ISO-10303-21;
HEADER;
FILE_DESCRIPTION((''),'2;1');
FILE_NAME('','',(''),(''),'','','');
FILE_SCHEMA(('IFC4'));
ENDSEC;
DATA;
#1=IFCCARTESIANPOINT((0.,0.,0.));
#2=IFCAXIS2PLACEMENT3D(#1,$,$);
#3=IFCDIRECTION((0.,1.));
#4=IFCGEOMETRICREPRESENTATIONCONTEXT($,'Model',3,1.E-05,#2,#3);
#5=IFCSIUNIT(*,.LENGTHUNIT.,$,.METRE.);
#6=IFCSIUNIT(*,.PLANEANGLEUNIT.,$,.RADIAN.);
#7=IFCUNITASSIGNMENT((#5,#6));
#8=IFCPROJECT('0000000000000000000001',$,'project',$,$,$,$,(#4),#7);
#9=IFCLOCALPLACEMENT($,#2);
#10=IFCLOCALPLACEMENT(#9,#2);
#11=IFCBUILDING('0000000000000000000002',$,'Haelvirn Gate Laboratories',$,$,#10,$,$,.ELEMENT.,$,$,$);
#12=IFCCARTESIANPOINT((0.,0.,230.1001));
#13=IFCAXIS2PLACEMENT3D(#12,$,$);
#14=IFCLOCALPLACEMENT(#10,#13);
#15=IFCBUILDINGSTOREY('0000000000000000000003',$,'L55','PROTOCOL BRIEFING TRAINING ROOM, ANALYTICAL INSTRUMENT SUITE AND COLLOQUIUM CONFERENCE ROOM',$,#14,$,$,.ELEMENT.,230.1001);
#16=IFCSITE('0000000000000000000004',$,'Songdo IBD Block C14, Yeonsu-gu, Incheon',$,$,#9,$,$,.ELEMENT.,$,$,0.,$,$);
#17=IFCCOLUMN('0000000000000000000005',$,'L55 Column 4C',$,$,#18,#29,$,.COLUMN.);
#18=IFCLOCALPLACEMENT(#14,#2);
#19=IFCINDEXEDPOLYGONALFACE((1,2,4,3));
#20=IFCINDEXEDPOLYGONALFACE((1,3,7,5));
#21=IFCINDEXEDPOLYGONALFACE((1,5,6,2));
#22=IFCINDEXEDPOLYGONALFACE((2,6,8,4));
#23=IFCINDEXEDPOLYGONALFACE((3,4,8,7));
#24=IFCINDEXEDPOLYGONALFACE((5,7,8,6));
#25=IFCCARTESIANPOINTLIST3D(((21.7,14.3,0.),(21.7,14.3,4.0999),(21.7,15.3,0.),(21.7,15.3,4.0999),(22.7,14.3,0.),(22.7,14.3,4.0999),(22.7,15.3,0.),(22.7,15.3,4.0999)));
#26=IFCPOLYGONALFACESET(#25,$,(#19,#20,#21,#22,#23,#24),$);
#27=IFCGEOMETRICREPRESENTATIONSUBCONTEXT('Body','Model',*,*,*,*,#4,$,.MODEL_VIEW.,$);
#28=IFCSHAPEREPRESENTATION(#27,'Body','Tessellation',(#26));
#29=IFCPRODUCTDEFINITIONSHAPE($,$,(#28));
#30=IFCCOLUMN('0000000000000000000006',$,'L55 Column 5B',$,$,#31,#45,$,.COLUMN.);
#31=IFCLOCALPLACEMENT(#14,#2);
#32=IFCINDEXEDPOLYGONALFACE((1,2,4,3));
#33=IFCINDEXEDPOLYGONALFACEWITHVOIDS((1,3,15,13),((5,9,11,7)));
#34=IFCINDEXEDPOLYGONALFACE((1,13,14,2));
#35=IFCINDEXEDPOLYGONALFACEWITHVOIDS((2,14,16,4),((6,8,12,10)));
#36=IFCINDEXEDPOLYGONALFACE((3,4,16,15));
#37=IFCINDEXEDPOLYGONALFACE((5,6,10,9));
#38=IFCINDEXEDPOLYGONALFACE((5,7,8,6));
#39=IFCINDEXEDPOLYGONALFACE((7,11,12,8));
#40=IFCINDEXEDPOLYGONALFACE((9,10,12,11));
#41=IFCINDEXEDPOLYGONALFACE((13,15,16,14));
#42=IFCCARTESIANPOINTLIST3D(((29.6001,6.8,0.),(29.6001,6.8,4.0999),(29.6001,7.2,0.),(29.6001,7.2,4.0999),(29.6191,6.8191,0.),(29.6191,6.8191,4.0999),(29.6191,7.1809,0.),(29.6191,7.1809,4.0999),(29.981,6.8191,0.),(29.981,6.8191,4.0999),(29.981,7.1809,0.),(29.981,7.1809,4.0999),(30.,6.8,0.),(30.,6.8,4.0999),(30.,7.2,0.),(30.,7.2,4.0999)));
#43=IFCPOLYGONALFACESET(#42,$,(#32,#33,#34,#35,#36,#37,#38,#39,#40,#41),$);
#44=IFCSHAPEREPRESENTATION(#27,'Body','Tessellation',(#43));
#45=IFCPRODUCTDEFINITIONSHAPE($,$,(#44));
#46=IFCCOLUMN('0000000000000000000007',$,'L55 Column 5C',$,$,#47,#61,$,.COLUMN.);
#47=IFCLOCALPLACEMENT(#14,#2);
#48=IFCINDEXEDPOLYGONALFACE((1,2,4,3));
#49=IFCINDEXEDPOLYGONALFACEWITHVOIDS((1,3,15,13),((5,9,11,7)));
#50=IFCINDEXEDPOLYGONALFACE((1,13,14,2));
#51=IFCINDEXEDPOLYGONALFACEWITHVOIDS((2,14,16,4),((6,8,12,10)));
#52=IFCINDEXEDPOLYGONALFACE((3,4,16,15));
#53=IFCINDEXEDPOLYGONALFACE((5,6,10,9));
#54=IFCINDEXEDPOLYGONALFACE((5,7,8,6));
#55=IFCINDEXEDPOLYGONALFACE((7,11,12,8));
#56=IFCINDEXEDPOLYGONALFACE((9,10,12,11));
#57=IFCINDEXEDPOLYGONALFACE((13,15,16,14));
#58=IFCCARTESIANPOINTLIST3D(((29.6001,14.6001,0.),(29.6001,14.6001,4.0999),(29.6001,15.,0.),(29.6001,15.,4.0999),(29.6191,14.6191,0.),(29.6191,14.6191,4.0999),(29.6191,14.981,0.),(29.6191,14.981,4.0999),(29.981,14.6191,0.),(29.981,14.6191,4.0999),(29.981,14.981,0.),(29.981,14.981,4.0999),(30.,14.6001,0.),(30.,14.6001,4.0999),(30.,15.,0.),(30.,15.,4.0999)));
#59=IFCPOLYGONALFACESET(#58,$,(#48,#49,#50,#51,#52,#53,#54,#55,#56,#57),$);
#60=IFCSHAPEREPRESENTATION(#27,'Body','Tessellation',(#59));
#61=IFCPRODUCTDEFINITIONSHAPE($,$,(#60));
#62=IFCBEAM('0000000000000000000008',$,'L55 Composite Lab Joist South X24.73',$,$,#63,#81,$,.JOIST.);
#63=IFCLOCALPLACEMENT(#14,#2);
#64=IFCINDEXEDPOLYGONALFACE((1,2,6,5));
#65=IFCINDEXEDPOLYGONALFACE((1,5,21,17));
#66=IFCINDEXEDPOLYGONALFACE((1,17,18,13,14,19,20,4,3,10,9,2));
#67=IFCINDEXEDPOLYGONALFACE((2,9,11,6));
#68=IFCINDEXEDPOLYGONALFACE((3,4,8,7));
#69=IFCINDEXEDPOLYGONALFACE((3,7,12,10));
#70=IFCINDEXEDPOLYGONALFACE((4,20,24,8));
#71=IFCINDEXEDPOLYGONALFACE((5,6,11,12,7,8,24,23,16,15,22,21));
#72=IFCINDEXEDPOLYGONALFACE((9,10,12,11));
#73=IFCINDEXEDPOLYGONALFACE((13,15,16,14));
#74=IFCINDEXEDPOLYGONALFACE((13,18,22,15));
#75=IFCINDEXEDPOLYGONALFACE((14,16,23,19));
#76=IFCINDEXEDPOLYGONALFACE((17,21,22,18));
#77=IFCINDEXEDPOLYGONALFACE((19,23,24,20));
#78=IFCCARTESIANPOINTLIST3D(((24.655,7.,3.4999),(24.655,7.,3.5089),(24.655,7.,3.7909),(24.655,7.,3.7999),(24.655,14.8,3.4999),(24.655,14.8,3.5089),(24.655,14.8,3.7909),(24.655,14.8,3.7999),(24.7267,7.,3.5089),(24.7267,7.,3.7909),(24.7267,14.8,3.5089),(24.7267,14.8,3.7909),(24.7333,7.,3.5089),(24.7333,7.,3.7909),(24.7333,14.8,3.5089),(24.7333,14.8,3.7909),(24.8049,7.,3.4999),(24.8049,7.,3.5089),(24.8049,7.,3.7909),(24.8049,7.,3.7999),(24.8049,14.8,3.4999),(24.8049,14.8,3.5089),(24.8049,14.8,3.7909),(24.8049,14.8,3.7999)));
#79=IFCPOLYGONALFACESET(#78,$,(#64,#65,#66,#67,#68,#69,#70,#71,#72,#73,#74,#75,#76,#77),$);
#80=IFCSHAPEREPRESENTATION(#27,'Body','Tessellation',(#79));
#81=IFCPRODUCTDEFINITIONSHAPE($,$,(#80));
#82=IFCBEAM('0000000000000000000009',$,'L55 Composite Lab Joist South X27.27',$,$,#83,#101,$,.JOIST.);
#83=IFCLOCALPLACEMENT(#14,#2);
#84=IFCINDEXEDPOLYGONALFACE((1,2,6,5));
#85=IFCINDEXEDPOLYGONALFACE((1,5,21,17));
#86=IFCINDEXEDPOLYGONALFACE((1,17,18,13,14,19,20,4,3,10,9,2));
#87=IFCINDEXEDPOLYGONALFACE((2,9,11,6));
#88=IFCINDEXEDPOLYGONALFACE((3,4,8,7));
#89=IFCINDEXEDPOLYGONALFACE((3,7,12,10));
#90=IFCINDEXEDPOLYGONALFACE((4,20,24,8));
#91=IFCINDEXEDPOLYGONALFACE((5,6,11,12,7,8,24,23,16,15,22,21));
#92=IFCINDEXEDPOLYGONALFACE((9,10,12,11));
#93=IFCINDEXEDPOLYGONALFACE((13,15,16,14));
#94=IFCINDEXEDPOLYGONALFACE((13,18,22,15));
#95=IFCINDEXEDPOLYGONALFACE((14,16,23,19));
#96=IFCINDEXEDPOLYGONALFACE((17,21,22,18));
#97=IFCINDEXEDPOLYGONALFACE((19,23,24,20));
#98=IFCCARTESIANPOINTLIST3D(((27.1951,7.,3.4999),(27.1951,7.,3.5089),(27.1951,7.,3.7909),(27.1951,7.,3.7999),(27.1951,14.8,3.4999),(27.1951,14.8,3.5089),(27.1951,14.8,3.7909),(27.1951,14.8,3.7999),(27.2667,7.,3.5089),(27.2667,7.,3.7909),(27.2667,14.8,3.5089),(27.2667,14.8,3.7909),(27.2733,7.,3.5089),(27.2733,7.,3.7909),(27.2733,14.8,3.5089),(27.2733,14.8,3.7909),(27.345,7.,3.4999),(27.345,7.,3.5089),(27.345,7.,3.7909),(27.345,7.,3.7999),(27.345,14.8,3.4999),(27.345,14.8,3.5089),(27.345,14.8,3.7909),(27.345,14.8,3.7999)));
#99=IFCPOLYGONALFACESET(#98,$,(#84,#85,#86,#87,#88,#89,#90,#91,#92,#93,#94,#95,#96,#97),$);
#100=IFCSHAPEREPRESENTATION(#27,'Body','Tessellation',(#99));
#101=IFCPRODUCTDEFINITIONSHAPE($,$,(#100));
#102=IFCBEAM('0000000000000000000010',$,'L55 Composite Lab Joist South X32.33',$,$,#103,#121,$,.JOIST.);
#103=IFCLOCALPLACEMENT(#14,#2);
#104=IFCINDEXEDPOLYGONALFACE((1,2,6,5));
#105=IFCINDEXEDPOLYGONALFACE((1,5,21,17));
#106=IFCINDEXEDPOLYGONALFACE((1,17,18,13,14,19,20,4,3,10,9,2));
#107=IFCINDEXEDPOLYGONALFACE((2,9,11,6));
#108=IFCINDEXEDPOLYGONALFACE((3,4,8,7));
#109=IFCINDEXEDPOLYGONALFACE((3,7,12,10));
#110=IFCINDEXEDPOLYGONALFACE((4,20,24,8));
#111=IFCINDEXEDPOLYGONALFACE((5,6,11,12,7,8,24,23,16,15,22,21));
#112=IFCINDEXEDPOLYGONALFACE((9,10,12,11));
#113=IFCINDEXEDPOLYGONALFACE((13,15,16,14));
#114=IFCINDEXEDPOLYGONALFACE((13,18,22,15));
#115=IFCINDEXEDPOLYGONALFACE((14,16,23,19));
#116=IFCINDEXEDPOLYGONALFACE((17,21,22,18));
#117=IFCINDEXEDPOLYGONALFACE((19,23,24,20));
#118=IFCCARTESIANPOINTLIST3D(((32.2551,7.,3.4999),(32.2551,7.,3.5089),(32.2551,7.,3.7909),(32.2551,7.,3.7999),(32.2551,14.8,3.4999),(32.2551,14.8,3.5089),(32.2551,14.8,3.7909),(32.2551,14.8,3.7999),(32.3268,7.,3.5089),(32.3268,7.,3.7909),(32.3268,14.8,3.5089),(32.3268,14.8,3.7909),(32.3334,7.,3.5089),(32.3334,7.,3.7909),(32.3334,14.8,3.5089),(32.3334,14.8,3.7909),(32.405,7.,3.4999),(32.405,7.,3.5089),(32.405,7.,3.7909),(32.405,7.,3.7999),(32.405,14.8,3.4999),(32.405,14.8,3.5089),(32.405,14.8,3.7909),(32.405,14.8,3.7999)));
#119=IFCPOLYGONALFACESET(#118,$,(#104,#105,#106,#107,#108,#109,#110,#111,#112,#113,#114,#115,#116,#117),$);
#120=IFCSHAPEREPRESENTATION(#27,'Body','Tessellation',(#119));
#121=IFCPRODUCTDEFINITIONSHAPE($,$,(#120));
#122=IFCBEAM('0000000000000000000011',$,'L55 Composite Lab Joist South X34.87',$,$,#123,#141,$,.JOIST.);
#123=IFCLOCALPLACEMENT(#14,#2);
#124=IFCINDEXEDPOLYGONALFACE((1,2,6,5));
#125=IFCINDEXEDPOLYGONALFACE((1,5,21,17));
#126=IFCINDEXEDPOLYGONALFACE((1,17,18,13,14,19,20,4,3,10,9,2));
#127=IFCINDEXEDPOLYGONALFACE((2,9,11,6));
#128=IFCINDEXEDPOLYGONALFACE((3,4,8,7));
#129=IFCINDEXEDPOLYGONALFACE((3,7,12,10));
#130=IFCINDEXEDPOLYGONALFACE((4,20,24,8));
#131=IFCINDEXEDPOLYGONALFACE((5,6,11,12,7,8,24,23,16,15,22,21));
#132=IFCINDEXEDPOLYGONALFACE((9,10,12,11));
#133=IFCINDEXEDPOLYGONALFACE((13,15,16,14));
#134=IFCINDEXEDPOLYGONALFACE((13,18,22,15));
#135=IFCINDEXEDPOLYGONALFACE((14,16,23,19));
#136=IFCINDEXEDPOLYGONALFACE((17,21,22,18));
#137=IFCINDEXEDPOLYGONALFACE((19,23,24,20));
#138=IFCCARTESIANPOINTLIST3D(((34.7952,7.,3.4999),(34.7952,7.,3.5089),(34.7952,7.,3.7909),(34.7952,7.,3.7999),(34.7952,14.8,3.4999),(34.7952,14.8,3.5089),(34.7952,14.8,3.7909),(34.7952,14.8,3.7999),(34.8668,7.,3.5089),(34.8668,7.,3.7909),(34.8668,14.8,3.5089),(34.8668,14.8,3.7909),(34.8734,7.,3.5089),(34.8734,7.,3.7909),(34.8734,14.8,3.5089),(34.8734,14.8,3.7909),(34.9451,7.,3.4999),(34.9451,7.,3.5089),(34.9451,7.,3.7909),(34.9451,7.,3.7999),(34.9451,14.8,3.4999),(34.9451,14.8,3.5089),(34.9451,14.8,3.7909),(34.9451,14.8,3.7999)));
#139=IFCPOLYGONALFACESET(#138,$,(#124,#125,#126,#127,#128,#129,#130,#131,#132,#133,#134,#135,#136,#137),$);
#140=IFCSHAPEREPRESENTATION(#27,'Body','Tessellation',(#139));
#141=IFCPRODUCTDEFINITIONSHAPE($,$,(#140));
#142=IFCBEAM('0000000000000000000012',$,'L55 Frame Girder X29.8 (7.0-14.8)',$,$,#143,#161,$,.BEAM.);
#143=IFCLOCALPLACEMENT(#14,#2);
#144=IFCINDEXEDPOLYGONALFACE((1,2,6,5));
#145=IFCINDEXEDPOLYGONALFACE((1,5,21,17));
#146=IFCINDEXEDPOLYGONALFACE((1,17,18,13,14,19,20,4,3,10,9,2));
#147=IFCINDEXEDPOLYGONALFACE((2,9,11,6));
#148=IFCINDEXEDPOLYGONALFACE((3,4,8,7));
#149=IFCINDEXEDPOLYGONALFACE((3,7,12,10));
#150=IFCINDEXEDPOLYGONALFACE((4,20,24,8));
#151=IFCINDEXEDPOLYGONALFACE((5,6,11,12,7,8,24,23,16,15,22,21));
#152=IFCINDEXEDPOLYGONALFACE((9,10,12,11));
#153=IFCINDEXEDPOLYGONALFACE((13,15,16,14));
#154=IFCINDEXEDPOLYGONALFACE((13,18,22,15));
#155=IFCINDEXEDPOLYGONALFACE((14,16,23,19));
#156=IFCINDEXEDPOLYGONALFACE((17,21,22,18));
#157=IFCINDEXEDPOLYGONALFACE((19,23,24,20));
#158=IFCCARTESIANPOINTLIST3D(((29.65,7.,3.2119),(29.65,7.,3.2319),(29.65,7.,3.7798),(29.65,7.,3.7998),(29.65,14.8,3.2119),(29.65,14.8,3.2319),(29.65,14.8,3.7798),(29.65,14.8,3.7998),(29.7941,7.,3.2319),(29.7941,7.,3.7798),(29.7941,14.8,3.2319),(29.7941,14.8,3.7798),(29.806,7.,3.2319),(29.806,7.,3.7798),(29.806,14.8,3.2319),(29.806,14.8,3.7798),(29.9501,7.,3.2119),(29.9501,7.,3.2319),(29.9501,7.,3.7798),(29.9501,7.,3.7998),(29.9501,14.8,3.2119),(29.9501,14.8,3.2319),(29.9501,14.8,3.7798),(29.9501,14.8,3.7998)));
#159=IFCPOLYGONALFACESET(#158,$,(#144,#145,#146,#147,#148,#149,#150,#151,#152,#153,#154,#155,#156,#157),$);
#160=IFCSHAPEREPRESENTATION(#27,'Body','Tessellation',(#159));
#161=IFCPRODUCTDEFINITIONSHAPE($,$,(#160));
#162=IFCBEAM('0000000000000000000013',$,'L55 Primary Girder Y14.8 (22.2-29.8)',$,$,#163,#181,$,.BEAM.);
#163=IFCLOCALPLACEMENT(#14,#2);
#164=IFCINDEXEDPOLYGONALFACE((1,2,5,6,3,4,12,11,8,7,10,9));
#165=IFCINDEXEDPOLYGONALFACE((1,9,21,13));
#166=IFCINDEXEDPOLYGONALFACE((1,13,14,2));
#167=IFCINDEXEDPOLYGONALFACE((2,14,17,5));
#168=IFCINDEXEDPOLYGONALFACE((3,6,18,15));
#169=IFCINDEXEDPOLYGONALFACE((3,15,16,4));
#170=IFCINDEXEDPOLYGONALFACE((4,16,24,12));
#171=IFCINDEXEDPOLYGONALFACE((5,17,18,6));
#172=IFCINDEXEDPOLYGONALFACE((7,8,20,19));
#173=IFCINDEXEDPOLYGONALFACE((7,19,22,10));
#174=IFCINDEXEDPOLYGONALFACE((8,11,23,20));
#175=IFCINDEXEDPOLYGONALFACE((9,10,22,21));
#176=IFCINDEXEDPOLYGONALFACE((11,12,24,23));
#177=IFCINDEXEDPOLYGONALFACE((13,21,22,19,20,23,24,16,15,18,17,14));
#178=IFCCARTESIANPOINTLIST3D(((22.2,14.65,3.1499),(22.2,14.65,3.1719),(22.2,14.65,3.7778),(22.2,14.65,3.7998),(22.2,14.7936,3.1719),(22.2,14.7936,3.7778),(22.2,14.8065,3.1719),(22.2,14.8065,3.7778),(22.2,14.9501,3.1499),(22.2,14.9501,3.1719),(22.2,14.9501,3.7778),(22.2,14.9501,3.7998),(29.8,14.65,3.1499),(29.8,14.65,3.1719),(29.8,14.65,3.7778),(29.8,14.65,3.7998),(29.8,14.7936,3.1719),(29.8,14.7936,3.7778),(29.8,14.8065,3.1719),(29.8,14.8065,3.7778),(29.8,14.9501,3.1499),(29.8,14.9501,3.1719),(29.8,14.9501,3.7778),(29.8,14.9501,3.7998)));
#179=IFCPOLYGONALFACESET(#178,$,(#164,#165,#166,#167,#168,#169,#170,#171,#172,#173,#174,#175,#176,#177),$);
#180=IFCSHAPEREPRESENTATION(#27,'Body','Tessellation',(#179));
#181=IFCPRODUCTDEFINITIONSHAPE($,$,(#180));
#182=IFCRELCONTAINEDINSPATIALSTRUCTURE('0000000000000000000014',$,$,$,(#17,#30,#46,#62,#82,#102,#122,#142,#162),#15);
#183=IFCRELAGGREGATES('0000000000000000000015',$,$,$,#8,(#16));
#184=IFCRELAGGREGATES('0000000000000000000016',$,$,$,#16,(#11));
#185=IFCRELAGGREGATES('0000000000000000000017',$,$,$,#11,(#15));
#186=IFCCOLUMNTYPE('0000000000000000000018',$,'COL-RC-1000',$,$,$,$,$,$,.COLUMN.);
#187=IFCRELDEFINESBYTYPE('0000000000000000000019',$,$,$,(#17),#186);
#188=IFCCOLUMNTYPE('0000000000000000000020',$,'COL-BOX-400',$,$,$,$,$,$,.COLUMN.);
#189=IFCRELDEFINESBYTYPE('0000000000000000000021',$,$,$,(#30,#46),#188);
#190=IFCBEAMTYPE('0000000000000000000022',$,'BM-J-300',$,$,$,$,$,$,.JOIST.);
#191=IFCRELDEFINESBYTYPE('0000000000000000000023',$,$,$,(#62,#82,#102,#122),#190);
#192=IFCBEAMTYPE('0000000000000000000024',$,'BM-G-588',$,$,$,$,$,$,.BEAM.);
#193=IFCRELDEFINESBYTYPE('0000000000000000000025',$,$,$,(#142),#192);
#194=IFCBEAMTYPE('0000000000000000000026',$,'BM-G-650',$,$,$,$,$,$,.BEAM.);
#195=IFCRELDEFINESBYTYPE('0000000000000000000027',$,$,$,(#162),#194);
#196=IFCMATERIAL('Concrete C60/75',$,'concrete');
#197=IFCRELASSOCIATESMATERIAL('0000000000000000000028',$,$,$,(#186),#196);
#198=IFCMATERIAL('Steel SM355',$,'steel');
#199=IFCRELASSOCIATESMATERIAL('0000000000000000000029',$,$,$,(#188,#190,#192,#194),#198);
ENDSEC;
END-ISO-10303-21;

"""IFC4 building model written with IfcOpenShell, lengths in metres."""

from ifc_helpers import new_model, si_unit, direction, frame, origin, origin_2d, place, context, subcontext, project, spatial, rectangle, hollow_rectangle, i_section, extrude, source, transform, mapped, material, material_profile, profile_set, type_object, type_shapes, element, save


model = new_model("IFC4")

# Units and contexts
model_context = context("Model", 3, precision=1e-05, world=origin(), true_north=direction((0.0, 1.0)))
body_context = subcontext(model_context, "Body", "Model", "MODEL_VIEW")
ifc_project = project(units=[si_unit("LENGTHUNIT", "METRE"), si_unit("PLANEANGLEUNIT", "RADIAN")], contexts=[model_context])

# Site, building, storey
site_placement = place(None, origin())
site = spatial("IfcSite", under=ifc_project, at=site_placement, Name="Songdo IBD Block C14, Yeonsu-gu, Incheon", CompositionType="ELEMENT", RefElevation=0.0)
building_placement = place(site_placement, origin())
building = spatial("IfcBuilding", under=site, at=building_placement, Name="Haelvirn Gate Laboratories", CompositionType="ELEMENT")
storey_placement = place(building_placement, frame((0.0, 0.0, 230.1001)))
storey = spatial("IfcBuildingStorey", under=building, at=storey_placement, Name="L55", Description="PROTOCOL BRIEFING TRAINING ROOM, ANALYTICAL INSTRUMENT SUITE AND COLLOQUIUM CONFERENCE ROOM", CompositionType="ELEMENT", Elevation=230.1001)

# Columns
ifc_material_1 = material(Name="Concrete C60/75", Category="concrete")
ifc_material_profile_1 = material_profile(ifc_material_1, rectangle(XDim=1.0, YDim=1.0, at=origin_2d()), Name="RC-1000x1000")
ifc_profile_set_1 = profile_set([ifc_material_profile_1], Name="Concrete C60/75")
column_type_1 = type_object("IfcColumnType", Name="COL-RC-1000", PredefinedType="COLUMN", material=ifc_profile_set_1)
shared_shape_1 = source(origin(), body_context, "Body", "SweptSolid", [
    extrude(rectangle(XDim=1.0, YDim=1.0, at=origin_2d()), origin(), (0.0, 0.0, 1.0), 4.0999),
])
type_shapes(column_type_1, [shared_shape_1])
column_placement = place(storey_placement, frame((22.2, 14.8, 0.0), z_axis=(0.0, 0.0, 1.0), x_axis=(1.0, 0.0, 0.0)))
element("IfcColumn", 1, at=column_placement, inside=storey, type_object=column_type_1, Name="L55 Column 4C", PredefinedType="COLUMN", context=body_context, shape_type="MappedRepresentation", body=[
    mapped(shared_shape_1, transform((0.0, 0.0, 0.0), scale=1.0)),
])
ifc_material_2 = material(Name="Steel SM355", Category="steel")
ifc_material_profile_2 = material_profile(ifc_material_2, hollow_rectangle(XDim=0.3999, YDim=0.3999, WallThickness=0.019, at=origin_2d()), Name="BOX-400x400x19")
ifc_profile_set_2 = profile_set([ifc_material_profile_2], Name="Steel SM355")
column_type_2 = type_object("IfcColumnType", Name="COL-BOX-400", PredefinedType="COLUMN", material=ifc_profile_set_2)
shared_shape_2 = source(origin(), body_context, "Body", "SweptSolid", [
    extrude(hollow_rectangle(XDim=0.3999, YDim=0.3999, WallThickness=0.019, at=origin_2d()), origin(), (0.0, 0.0, 1.0), 4.0999),
])
type_shapes(column_type_2, [shared_shape_2])
for number, where, z_axis, x_axis, name in (
    (2, (29.8, 7.0, 0.0), (0.0, 0.0, 1.0), (1.0, 0.0, 0.0), "L55 Column 5B"),
    (3, (29.8, 14.8, 0.0), (0.0, 0.0, 1.0), (1.0, 0.0, 0.0), "L55 Column 5C"),
):
    element("IfcColumn", number, at=place(storey_placement, frame(where, z_axis=z_axis, x_axis=x_axis)), inside=storey, type_object=column_type_2, Name=name, PredefinedType="COLUMN", context=body_context, shape_type="MappedRepresentation", body=[
        mapped(shared_shape_2, transform((0.0, 0.0, 0.0), scale=1.0)),
    ])

# Beams
ifc_material_profile_3 = material_profile(ifc_material_2, i_section(OverallWidth=0.1499, OverallDepth=0.3, WebThickness=0.0066, FlangeThickness=0.009, at=origin_2d()), Name="H-300x150x6.5x9")
ifc_profile_set_3 = profile_set([ifc_material_profile_3], Name="Steel SM355")
beam_type_1 = type_object("IfcBeamType", Name="BM-J-300", PredefinedType="JOIST", material=ifc_profile_set_3)
shared_shape_3 = source(origin(), body_context, "Body", "SweptSolid", [
    extrude(i_section(OverallWidth=0.1499, OverallDepth=0.3, WebThickness=0.0066, FlangeThickness=0.009, at=origin_2d()), origin(), (0.0, 0.0, 1.0), 7.8),
])
type_shapes(beam_type_1, [shared_shape_3])
for number, where, z_axis, x_axis, name in (
    (4, (24.73, 7.0, 3.6499), (0.0, 1.0, 0.0), (-1.0, 0.0, 0.0), "L55 Composite Lab Joist South X24.73"),
    (5, (27.27, 7.0, 3.6499), (0.0, 1.0, 0.0), (-1.0, 0.0, 0.0), "L55 Composite Lab Joist South X27.27"),
    (6, (32.3301, 7.0, 3.6499), (0.0, 1.0, 0.0), (-1.0, 0.0, 0.0), "L55 Composite Lab Joist South X32.33"),
    (7, (34.8701, 7.0, 3.6499), (0.0, 1.0, 0.0), (-1.0, 0.0, 0.0), "L55 Composite Lab Joist South X34.87"),
):
    element("IfcBeam", number, at=place(storey_placement, frame(where, z_axis=z_axis, x_axis=x_axis)), inside=storey, type_object=beam_type_1, Name=name, PredefinedType="JOIST", context=body_context, shape_type="MappedRepresentation", body=[
        mapped(shared_shape_3, transform((0.0, 0.0, 0.0), scale=1.0)),
    ])
ifc_material_profile_4 = material_profile(ifc_material_2, i_section(OverallWidth=0.3, OverallDepth=0.5879, WebThickness=0.012, FlangeThickness=0.02, at=origin_2d()), Name="H-588x300x12x20")
ifc_profile_set_4 = profile_set([ifc_material_profile_4], Name="Steel SM355")
beam_type_2 = type_object("IfcBeamType", Name="BM-G-588", PredefinedType="BEAM", material=ifc_profile_set_4)
shared_shape_4 = source(origin(), body_context, "Body", "SweptSolid", [
    extrude(i_section(OverallWidth=0.3, OverallDepth=0.5879, WebThickness=0.012, FlangeThickness=0.02, at=origin_2d()), origin(), (0.0, 0.0, 1.0), 7.8),
])
type_shapes(beam_type_2, [shared_shape_4])
beam_1_placement = place(storey_placement, frame((29.8, 7.0, 3.5059), z_axis=(0.0, 1.0, 0.0), x_axis=(-1.0, 0.0, 0.0)))
element("IfcBeam", 8, at=beam_1_placement, inside=storey, type_object=beam_type_2, Name="L55 Frame Girder X29.8 (7.0-14.8)", PredefinedType="BEAM", context=body_context, shape_type="MappedRepresentation", body=[
    mapped(shared_shape_4, transform((0.0, 0.0, 0.0), scale=1.0)),
])
ifc_material_profile_5 = material_profile(ifc_material_2, i_section(OverallWidth=0.3, OverallDepth=0.6499, WebThickness=0.0129, FlangeThickness=0.022, at=origin_2d()), Name="H-650x300x13x22")
ifc_profile_set_5 = profile_set([ifc_material_profile_5], Name="Steel SM355")
beam_type_3 = type_object("IfcBeamType", Name="BM-G-650", PredefinedType="BEAM", material=ifc_profile_set_5)
shared_shape_5 = source(origin(), body_context, "Body", "SweptSolid", [
    extrude(i_section(OverallWidth=0.3, OverallDepth=0.6499, WebThickness=0.0129, FlangeThickness=0.022, at=origin_2d()), origin(), (0.0, 0.0, 1.0), 7.6001),
])
beam_2_placement = place(storey_placement, frame((22.2, 14.8, 3.4749), z_axis=(1.0, 0.0, 0.0), x_axis=(0.0, 1.0, 0.0)))
element("IfcBeam", 9, at=beam_2_placement, inside=storey, type_object=beam_type_3, Name="L55 Primary Girder Y14.8 (22.2-29.8)", PredefinedType="BEAM", context=body_context, shape_type="MappedRepresentation", body=[
    mapped(shared_shape_5, transform((0.0, 0.0, 0.0), scale=1.0)),
])

save(model, "model.ifc")
